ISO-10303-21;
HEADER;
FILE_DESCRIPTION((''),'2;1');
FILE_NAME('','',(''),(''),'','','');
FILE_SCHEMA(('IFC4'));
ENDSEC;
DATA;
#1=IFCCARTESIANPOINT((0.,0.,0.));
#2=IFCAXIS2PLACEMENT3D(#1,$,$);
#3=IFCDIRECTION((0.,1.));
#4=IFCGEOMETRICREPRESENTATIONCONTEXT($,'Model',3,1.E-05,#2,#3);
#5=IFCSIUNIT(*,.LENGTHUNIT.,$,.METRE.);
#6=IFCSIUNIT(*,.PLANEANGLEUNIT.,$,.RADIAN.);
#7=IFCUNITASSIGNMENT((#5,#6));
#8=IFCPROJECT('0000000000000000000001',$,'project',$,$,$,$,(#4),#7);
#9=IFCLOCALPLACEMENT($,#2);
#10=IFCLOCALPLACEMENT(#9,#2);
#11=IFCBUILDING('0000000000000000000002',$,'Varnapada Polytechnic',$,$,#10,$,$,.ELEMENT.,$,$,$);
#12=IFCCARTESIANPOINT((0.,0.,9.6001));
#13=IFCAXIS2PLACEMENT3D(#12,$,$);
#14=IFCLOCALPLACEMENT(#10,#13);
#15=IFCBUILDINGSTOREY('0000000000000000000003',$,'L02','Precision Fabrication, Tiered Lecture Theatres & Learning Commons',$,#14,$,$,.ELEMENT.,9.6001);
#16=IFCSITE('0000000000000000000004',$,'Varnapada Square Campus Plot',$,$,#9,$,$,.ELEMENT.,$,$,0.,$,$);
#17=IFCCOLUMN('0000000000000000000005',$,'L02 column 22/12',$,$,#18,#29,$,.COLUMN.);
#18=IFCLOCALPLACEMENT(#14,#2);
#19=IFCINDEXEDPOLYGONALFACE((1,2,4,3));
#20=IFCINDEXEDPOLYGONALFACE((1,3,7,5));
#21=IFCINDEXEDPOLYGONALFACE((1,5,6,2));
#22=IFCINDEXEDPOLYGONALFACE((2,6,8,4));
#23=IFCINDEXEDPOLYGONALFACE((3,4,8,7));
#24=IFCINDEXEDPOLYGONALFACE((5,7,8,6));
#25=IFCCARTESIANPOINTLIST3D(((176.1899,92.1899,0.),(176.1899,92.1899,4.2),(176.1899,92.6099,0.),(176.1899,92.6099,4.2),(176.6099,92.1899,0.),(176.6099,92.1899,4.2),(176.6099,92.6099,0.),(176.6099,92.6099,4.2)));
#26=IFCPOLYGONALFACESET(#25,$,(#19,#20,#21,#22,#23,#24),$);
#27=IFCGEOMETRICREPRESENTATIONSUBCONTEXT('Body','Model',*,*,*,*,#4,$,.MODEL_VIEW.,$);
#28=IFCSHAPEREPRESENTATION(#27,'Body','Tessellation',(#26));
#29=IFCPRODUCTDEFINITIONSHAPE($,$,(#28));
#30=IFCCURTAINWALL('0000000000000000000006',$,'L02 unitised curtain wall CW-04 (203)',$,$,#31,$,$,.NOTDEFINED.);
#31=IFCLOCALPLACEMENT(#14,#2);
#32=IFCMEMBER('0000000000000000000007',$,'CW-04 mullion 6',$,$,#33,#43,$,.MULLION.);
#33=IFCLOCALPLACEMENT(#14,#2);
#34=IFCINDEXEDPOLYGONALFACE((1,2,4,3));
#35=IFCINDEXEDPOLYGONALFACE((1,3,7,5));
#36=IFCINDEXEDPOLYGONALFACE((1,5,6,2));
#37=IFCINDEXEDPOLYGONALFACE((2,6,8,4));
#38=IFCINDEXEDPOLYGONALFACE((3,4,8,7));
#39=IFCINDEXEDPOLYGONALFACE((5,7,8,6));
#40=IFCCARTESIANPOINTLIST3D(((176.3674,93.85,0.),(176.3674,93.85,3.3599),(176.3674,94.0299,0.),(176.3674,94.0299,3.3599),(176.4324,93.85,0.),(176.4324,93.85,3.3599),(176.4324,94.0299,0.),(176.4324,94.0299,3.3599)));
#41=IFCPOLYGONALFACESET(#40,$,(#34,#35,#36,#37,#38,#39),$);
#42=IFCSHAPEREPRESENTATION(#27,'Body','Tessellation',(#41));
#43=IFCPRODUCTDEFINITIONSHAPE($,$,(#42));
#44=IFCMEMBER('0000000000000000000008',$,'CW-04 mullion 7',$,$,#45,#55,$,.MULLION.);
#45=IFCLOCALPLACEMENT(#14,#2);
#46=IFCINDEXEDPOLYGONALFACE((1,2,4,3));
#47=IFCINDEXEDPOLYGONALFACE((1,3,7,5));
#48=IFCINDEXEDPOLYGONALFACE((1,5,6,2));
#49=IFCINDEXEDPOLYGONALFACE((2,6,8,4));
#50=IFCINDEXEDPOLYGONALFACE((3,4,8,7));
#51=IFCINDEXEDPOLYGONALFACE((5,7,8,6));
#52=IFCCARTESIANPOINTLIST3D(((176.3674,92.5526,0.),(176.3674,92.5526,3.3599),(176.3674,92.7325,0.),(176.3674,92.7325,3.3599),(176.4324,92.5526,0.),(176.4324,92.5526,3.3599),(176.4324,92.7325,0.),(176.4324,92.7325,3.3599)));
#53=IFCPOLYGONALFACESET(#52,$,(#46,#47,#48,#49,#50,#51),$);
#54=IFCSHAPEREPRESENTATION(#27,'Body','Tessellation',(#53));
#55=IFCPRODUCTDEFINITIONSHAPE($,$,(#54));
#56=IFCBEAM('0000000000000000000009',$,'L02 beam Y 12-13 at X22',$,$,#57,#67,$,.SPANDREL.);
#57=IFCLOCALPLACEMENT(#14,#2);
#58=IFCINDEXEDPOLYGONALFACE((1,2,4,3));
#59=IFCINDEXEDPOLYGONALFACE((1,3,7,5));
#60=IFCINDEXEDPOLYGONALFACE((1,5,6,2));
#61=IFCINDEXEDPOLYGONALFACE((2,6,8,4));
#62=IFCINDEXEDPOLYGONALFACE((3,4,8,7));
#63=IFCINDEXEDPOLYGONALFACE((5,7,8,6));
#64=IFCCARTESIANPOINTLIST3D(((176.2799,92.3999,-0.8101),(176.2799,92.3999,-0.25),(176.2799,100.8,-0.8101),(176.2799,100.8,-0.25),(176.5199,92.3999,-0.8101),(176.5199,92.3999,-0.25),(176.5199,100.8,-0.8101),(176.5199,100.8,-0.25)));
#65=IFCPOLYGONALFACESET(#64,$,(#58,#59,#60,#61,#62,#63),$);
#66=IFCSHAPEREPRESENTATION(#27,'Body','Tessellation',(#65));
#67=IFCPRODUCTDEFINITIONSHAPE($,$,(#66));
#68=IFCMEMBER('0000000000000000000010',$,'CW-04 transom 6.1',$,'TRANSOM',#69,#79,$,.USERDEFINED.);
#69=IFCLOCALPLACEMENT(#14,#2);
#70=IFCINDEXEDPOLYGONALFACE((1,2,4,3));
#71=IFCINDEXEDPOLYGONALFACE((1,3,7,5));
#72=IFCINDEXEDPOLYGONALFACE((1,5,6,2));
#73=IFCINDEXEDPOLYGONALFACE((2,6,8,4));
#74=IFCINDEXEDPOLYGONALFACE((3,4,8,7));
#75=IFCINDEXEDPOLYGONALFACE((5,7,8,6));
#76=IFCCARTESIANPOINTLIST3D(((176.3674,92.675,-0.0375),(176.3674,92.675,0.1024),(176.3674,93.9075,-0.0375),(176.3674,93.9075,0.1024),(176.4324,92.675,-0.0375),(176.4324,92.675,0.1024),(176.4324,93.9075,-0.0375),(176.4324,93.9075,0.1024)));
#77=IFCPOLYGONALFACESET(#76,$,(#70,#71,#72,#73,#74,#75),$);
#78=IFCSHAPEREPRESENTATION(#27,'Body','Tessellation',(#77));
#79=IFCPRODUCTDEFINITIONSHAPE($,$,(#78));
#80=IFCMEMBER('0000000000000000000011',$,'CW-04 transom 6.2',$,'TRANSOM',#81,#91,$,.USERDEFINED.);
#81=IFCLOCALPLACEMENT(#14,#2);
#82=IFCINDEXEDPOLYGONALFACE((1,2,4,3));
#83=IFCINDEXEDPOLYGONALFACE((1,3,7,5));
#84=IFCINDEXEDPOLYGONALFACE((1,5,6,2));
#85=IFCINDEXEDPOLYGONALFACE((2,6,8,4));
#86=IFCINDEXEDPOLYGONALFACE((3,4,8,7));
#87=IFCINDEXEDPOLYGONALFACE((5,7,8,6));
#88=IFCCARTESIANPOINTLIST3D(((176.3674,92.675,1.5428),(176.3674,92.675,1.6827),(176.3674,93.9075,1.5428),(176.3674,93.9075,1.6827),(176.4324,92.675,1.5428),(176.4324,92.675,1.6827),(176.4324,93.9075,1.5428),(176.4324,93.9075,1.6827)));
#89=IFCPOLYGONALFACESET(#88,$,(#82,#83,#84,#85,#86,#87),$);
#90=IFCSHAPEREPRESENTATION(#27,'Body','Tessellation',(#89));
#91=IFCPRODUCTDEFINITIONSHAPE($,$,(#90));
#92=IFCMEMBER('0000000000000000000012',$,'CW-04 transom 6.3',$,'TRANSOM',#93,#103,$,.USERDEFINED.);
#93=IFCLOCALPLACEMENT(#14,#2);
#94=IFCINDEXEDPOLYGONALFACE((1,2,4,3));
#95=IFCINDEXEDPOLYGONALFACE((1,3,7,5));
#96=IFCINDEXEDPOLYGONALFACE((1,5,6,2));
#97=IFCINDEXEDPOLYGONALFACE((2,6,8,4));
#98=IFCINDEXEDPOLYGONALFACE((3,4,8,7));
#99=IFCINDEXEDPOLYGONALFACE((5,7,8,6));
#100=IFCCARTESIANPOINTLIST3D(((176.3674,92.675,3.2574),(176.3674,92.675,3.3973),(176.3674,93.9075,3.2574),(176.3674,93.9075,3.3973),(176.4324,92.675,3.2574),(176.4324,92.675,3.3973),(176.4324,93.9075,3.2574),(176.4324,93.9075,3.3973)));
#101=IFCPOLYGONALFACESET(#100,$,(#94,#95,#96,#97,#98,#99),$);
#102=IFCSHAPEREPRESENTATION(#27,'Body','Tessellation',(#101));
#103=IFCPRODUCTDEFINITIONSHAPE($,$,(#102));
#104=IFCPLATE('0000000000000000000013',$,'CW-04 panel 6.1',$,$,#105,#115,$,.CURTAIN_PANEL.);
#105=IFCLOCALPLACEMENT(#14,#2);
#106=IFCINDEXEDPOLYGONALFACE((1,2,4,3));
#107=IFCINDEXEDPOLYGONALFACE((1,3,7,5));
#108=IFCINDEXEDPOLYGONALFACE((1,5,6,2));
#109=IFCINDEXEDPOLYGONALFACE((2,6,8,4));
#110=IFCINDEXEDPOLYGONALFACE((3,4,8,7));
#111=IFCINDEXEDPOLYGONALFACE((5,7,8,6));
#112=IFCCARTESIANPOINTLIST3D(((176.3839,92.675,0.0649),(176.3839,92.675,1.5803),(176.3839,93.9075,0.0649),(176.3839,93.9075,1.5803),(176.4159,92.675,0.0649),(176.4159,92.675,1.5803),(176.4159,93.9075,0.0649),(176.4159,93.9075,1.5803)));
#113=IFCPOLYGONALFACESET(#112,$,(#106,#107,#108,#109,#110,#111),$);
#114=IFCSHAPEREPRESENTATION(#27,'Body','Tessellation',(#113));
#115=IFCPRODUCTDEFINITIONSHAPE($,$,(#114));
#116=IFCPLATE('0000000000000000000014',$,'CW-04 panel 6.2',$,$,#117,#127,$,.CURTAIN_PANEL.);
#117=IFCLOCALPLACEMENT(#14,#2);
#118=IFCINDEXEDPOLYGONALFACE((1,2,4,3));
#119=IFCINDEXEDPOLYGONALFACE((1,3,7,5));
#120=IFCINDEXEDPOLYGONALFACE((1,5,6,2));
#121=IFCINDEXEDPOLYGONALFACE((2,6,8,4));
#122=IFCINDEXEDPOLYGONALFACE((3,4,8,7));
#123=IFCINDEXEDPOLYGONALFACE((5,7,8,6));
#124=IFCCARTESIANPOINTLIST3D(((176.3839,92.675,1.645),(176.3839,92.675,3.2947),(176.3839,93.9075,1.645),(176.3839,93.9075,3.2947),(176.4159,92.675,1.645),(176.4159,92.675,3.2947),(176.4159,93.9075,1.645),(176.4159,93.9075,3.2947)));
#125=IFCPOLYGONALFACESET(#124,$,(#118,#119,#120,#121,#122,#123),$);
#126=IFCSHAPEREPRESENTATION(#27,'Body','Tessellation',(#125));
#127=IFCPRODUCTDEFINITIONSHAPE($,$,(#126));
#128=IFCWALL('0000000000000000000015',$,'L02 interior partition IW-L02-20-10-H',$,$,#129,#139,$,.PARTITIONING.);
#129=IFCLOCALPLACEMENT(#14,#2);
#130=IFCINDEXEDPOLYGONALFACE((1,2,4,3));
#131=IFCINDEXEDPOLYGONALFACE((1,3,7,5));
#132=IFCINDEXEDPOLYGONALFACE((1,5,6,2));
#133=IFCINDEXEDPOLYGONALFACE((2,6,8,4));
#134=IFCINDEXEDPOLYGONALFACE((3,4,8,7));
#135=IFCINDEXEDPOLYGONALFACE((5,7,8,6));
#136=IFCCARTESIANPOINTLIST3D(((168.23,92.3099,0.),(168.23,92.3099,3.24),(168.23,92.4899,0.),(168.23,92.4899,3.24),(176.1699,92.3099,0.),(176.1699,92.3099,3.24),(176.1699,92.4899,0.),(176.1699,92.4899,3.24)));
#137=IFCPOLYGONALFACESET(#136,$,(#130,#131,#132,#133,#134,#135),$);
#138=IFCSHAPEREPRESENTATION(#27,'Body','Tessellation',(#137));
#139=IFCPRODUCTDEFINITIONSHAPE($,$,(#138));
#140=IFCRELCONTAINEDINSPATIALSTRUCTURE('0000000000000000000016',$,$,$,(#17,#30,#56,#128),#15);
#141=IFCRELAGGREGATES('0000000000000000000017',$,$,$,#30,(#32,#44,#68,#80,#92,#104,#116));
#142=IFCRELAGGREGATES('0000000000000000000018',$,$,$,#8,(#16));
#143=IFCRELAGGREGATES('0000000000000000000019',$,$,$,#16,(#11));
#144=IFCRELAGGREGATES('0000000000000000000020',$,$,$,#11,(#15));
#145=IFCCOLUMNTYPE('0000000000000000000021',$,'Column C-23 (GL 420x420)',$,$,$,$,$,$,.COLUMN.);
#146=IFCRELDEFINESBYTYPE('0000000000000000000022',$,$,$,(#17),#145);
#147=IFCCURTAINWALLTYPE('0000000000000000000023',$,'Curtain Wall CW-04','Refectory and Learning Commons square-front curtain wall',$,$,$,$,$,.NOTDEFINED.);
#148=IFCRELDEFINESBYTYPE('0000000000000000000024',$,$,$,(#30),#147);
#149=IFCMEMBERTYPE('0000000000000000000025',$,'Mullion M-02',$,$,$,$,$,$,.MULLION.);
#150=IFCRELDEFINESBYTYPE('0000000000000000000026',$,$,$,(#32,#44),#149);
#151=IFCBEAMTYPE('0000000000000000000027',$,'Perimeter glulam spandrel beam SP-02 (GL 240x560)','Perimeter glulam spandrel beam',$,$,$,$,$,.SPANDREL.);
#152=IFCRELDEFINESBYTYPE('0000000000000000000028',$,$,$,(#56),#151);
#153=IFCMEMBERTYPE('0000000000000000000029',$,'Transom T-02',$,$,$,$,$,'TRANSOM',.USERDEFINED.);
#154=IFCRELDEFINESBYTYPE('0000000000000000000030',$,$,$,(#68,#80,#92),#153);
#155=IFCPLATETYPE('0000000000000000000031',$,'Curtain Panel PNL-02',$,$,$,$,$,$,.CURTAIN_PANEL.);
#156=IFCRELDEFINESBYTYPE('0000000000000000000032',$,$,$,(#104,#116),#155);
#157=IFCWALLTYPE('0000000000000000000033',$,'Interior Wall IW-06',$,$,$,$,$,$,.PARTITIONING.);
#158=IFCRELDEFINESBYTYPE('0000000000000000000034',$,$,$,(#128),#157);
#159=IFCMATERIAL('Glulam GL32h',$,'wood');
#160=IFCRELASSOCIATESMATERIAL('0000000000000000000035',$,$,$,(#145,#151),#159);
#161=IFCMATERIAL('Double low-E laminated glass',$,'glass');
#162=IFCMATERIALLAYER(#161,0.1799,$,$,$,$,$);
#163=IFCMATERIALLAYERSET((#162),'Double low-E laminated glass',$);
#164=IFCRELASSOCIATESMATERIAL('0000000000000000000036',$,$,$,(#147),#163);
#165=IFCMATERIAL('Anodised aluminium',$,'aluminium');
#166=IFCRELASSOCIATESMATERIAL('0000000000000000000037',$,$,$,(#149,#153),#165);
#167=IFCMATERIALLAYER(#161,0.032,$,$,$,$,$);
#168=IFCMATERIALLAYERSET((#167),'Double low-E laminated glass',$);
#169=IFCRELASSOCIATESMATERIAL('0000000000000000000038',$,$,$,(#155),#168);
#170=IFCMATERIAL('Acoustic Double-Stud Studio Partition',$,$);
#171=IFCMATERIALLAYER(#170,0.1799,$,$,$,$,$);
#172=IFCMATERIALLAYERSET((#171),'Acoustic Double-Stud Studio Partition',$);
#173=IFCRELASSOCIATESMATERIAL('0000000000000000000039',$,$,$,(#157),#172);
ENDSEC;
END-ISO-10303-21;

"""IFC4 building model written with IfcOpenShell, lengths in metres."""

from ifc_helpers import new_model, si_unit, direction, frame, frame_2d, origin, origin_2d, place, context, subcontext, project, spatial, rectangle, extrude, material, layer, layer_set, material_profile, profile_set, type_object, element, aggregate, save


model = new_model("IFC4")

# Units and contexts
model_context = context("Model", 3, precision=1e-05, world=origin(), true_north=direction((0.0, 1.0)))
body_context = subcontext(model_context, "Body", "Model", "MODEL_VIEW")
ifc_project = project(units=[si_unit("LENGTHUNIT", "METRE"), si_unit("PLANEANGLEUNIT", "RADIAN")], contexts=[model_context])

# Site, building, storey
site_placement = place(None, origin())
site = spatial("IfcSite", under=ifc_project, at=site_placement, Name="Varnapada Square Campus Plot", CompositionType="ELEMENT", RefElevation=0.0)
building_placement = place(site_placement, origin())
building = spatial("IfcBuilding", under=site, at=building_placement, Name="Varnapada Polytechnic", CompositionType="ELEMENT")
storey_placement = place(building_placement, frame((0.0, 0.0, 9.6001)))
storey = spatial("IfcBuildingStorey", under=building, at=storey_placement, Name="L02", Description="Precision Fabrication, Tiered Lecture Theatres & Learning Commons", CompositionType="ELEMENT", Elevation=9.6001)

# Column
ifc_material_1 = material(Name="Glulam GL32h", Category="wood")
ifc_material_profile_1 = material_profile(ifc_material_1, rectangle(XDim=0.4199, YDim=0.4199, at=origin_2d()), Name="GL 420x420")
ifc_profile_set_1 = profile_set([ifc_material_profile_1], Name="Glulam GL32h")
column_type = type_object("IfcColumnType", Name="Column C-23 (GL 420x420)", PredefinedType="COLUMN", material=ifc_profile_set_1)
column_placement = place(storey_placement, frame((176.3999, 92.3999, 0.0), z_axis=(0.0, 0.0, 1.0), x_axis=(1.0, 0.0, 0.0)))
element("IfcColumn", 1, at=column_placement, inside=storey, type_object=column_type, Name="L02 column 22/12", PredefinedType="COLUMN", context=body_context, shape_type="SweptSolid", body=[
    extrude(rectangle(XDim=0.4199, YDim=0.4199, at=origin_2d()), origin(), (0.0, 0.0, 1.0), 4.2),
])

# Curtain wall, members
ifc_material_2 = material(Name="Double low-E laminated glass", Category="glass")
ifc_layer_1 = layer(ifc_material_2, 0.1799)
ifc_layer_set_1 = layer_set([ifc_layer_1], Name="Double low-E laminated glass")
curtain_wall_type = type_object("IfcCurtainWallType", Name="Curtain Wall CW-04", Description="Refectory and Learning Commons square-front curtain wall", PredefinedType="NOTDEFINED", material=ifc_layer_set_1)
curtain_wall_placement = place(storey_placement, origin())
curtain_wall = element("IfcCurtainWall", 2, at=curtain_wall_placement, inside=storey, type_object=curtain_wall_type, Name="L02 unitised curtain wall CW-04 (203)", PredefinedType="NOTDEFINED")
ifc_material_3 = material(Name="Anodised aluminium", Category="aluminium")
ifc_material_profile_2 = material_profile(ifc_material_3, rectangle(XDim=0.0649, YDim=0.1799, at=origin_2d()), Name="ALU M65x180")
ifc_profile_set_2 = profile_set([ifc_material_profile_2], Name="Anodised aluminium")
member_type_1 = type_object("IfcMemberType", Name="Mullion M-02", PredefinedType="MULLION", material=ifc_profile_set_2)
member_1_placement = place(storey_placement, frame((176.3999, 93.9399, 0.0), z_axis=(0.0, 0.0, 1.0), x_axis=(1.0, 0.0, 0.0)))
member_1 = element("IfcMember", 3, at=member_1_placement, type_object=member_type_1, Name="CW-04 mullion 6", PredefinedType="MULLION", context=body_context, shape_type="SweptSolid", body=[
    extrude(rectangle(XDim=0.0649, YDim=0.1799, at=origin_2d()), origin(), (0.0, 0.0, 1.0), 3.3599),
])
member_2_placement = place(storey_placement, frame((176.3999, 92.6426, 0.0), z_axis=(0.0, 0.0, 1.0), x_axis=(1.0, 0.0, 0.0)))
member_2 = element("IfcMember", 4, at=member_2_placement, type_object=member_type_1, Name="CW-04 mullion 7", PredefinedType="MULLION", context=body_context, shape_type="SweptSolid", body=[
    extrude(rectangle(XDim=0.0649, YDim=0.1799, at=origin_2d()), origin(), (0.0, 0.0, 1.0), 3.3599),
])

# Beam
ifc_material_profile_3 = material_profile(ifc_material_1, rectangle(XDim=0.24, YDim=0.5601, at=origin_2d()), Name="GL 240x560")
ifc_profile_set_3 = profile_set([ifc_material_profile_3], Name="Glulam GL32h")
beam_type = type_object("IfcBeamType", Name="Perimeter glulam spandrel beam SP-02 (GL 240x560)", Description="Perimeter glulam spandrel beam", PredefinedType="SPANDREL", material=ifc_profile_set_3)
beam_placement = place(storey_placement, frame((176.3999, 92.3999, -0.53), z_axis=(0.0, 1.0, 0.0), x_axis=(-1.0, 0.0, 0.0)))
element("IfcBeam", 5, at=beam_placement, inside=storey, type_object=beam_type, Name="L02 beam Y 12-13 at X22", PredefinedType="SPANDREL", context=body_context, shape_type="SweptSolid", body=[
    extrude(rectangle(XDim=0.24, YDim=0.5601, at=origin_2d()), origin(), (0.0, 0.0, 1.0), 8.4001),
])

# Members
ifc_material_profile_4 = material_profile(ifc_material_3, rectangle(XDim=0.0649, YDim=0.1399, at=origin_2d()), Name="ALU T65x140")
ifc_profile_set_4 = profile_set([ifc_material_profile_4], Name="Anodised aluminium")
member_type_2 = type_object("IfcMemberType", Name="Transom T-02", ElementType="TRANSOM", PredefinedType="USERDEFINED", material=ifc_profile_set_4)
member_3_placement = place(storey_placement, frame((176.3999, 93.9075, 0.0325), z_axis=(0.0, -1.0, 0.0), x_axis=(1.0, 0.0, 0.0)))
member_3 = element("IfcMember", 6, at=member_3_placement, type_object=member_type_2, Name="CW-04 transom 6.1", ObjectType="TRANSOM", PredefinedType="USERDEFINED", context=body_context, shape_type="SweptSolid", body=[
    extrude(rectangle(XDim=0.0649, YDim=0.1399, at=origin_2d()), origin(), (0.0, 0.0, 1.0), 1.2324),
])
member_4_placement = place(storey_placement, frame((176.3999, 93.9075, 1.6128), z_axis=(0.0, -1.0, 0.0), x_axis=(1.0, 0.0, 0.0)))
member_4 = element("IfcMember", 7, at=member_4_placement, type_object=member_type_2, Name="CW-04 transom 6.2", ObjectType="TRANSOM", PredefinedType="USERDEFINED", context=body_context, shape_type="SweptSolid", body=[
    extrude(rectangle(XDim=0.0649, YDim=0.1399, at=origin_2d()), origin(), (0.0, 0.0, 1.0), 1.2324),
])
member_5_placement = place(storey_placement, frame((176.3999, 93.9075, 3.3274), z_axis=(0.0, -1.0, 0.0), x_axis=(1.0, 0.0, 0.0)))
member_5 = element("IfcMember", 8, at=member_5_placement, type_object=member_type_2, Name="CW-04 transom 6.3", ObjectType="TRANSOM", PredefinedType="USERDEFINED", context=body_context, shape_type="SweptSolid", body=[
    extrude(rectangle(XDim=0.0649, YDim=0.1399, at=origin_2d()), origin(), (0.0, 0.0, 1.0), 1.2324),
])

# Plates
ifc_layer_2 = layer(ifc_material_2, 0.032)
ifc_layer_set_2 = layer_set([ifc_layer_2], Name="Double low-E laminated glass")
plate_type = type_object("IfcPlateType", Name="Curtain Panel PNL-02", PredefinedType="CURTAIN_PANEL", material=ifc_layer_set_2)
plate_1_placement = place(storey_placement, frame((176.3999, 93.2913, 0.0649), z_axis=(0.0, 0.0, 1.0), x_axis=(0.0, -1.0, 0.0)))
plate_1 = element("IfcPlate", 9, at=plate_1_placement, type_object=plate_type, Name="CW-04 panel 6.1", PredefinedType="CURTAIN_PANEL", context=body_context, shape_type="SweptSolid", body=[
    extrude(rectangle(XDim=1.2324, YDim=0.032, at=origin_2d()), origin(), (0.0, 0.0, 1.0), 1.5154),
])
plate_2_placement = place(storey_placement, frame((176.3999, 93.2913, 1.645), z_axis=(0.0, 0.0, 1.0), x_axis=(0.0, -1.0, 0.0)))
plate_2 = element("IfcPlate", 10, at=plate_2_placement, type_object=plate_type, Name="CW-04 panel 6.2", PredefinedType="CURTAIN_PANEL", context=body_context, shape_type="SweptSolid", body=[
    extrude(rectangle(XDim=1.2324, YDim=0.032, at=origin_2d()), origin(), (0.0, 0.0, 1.0), 1.6497),
])
aggregate(curtain_wall, [member_1, member_2, member_3, member_4, member_5, plate_1, plate_2])

# Wall
ifc_material_4 = material(Name="Acoustic Double-Stud Studio Partition")
ifc_layer_3 = layer(ifc_material_4, 0.1799)
ifc_layer_set_3 = layer_set([ifc_layer_3], Name="Acoustic Double-Stud Studio Partition")
wall_type = type_object("IfcWallType", Name="Interior Wall IW-06", PredefinedType="PARTITIONING", material=ifc_layer_set_3)
wall_placement = place(storey_placement, frame((168.23, 92.3999, 0.0), z_axis=(0.0, 0.0, 1.0), x_axis=(1.0, 0.0, 0.0)))
element("IfcWall", 11, at=wall_placement, inside=storey, type_object=wall_type, Name="L02 interior partition IW-L02-20-10-H", PredefinedType="PARTITIONING", context=body_context, shape_type="SweptSolid", body=[
    extrude(rectangle(XDim=7.9399, YDim=0.1799, at=frame_2d((3.97, 0.0))), origin(), (0.0, 0.0, 1.0), 3.24),
])

save(model, "model.ifc")
